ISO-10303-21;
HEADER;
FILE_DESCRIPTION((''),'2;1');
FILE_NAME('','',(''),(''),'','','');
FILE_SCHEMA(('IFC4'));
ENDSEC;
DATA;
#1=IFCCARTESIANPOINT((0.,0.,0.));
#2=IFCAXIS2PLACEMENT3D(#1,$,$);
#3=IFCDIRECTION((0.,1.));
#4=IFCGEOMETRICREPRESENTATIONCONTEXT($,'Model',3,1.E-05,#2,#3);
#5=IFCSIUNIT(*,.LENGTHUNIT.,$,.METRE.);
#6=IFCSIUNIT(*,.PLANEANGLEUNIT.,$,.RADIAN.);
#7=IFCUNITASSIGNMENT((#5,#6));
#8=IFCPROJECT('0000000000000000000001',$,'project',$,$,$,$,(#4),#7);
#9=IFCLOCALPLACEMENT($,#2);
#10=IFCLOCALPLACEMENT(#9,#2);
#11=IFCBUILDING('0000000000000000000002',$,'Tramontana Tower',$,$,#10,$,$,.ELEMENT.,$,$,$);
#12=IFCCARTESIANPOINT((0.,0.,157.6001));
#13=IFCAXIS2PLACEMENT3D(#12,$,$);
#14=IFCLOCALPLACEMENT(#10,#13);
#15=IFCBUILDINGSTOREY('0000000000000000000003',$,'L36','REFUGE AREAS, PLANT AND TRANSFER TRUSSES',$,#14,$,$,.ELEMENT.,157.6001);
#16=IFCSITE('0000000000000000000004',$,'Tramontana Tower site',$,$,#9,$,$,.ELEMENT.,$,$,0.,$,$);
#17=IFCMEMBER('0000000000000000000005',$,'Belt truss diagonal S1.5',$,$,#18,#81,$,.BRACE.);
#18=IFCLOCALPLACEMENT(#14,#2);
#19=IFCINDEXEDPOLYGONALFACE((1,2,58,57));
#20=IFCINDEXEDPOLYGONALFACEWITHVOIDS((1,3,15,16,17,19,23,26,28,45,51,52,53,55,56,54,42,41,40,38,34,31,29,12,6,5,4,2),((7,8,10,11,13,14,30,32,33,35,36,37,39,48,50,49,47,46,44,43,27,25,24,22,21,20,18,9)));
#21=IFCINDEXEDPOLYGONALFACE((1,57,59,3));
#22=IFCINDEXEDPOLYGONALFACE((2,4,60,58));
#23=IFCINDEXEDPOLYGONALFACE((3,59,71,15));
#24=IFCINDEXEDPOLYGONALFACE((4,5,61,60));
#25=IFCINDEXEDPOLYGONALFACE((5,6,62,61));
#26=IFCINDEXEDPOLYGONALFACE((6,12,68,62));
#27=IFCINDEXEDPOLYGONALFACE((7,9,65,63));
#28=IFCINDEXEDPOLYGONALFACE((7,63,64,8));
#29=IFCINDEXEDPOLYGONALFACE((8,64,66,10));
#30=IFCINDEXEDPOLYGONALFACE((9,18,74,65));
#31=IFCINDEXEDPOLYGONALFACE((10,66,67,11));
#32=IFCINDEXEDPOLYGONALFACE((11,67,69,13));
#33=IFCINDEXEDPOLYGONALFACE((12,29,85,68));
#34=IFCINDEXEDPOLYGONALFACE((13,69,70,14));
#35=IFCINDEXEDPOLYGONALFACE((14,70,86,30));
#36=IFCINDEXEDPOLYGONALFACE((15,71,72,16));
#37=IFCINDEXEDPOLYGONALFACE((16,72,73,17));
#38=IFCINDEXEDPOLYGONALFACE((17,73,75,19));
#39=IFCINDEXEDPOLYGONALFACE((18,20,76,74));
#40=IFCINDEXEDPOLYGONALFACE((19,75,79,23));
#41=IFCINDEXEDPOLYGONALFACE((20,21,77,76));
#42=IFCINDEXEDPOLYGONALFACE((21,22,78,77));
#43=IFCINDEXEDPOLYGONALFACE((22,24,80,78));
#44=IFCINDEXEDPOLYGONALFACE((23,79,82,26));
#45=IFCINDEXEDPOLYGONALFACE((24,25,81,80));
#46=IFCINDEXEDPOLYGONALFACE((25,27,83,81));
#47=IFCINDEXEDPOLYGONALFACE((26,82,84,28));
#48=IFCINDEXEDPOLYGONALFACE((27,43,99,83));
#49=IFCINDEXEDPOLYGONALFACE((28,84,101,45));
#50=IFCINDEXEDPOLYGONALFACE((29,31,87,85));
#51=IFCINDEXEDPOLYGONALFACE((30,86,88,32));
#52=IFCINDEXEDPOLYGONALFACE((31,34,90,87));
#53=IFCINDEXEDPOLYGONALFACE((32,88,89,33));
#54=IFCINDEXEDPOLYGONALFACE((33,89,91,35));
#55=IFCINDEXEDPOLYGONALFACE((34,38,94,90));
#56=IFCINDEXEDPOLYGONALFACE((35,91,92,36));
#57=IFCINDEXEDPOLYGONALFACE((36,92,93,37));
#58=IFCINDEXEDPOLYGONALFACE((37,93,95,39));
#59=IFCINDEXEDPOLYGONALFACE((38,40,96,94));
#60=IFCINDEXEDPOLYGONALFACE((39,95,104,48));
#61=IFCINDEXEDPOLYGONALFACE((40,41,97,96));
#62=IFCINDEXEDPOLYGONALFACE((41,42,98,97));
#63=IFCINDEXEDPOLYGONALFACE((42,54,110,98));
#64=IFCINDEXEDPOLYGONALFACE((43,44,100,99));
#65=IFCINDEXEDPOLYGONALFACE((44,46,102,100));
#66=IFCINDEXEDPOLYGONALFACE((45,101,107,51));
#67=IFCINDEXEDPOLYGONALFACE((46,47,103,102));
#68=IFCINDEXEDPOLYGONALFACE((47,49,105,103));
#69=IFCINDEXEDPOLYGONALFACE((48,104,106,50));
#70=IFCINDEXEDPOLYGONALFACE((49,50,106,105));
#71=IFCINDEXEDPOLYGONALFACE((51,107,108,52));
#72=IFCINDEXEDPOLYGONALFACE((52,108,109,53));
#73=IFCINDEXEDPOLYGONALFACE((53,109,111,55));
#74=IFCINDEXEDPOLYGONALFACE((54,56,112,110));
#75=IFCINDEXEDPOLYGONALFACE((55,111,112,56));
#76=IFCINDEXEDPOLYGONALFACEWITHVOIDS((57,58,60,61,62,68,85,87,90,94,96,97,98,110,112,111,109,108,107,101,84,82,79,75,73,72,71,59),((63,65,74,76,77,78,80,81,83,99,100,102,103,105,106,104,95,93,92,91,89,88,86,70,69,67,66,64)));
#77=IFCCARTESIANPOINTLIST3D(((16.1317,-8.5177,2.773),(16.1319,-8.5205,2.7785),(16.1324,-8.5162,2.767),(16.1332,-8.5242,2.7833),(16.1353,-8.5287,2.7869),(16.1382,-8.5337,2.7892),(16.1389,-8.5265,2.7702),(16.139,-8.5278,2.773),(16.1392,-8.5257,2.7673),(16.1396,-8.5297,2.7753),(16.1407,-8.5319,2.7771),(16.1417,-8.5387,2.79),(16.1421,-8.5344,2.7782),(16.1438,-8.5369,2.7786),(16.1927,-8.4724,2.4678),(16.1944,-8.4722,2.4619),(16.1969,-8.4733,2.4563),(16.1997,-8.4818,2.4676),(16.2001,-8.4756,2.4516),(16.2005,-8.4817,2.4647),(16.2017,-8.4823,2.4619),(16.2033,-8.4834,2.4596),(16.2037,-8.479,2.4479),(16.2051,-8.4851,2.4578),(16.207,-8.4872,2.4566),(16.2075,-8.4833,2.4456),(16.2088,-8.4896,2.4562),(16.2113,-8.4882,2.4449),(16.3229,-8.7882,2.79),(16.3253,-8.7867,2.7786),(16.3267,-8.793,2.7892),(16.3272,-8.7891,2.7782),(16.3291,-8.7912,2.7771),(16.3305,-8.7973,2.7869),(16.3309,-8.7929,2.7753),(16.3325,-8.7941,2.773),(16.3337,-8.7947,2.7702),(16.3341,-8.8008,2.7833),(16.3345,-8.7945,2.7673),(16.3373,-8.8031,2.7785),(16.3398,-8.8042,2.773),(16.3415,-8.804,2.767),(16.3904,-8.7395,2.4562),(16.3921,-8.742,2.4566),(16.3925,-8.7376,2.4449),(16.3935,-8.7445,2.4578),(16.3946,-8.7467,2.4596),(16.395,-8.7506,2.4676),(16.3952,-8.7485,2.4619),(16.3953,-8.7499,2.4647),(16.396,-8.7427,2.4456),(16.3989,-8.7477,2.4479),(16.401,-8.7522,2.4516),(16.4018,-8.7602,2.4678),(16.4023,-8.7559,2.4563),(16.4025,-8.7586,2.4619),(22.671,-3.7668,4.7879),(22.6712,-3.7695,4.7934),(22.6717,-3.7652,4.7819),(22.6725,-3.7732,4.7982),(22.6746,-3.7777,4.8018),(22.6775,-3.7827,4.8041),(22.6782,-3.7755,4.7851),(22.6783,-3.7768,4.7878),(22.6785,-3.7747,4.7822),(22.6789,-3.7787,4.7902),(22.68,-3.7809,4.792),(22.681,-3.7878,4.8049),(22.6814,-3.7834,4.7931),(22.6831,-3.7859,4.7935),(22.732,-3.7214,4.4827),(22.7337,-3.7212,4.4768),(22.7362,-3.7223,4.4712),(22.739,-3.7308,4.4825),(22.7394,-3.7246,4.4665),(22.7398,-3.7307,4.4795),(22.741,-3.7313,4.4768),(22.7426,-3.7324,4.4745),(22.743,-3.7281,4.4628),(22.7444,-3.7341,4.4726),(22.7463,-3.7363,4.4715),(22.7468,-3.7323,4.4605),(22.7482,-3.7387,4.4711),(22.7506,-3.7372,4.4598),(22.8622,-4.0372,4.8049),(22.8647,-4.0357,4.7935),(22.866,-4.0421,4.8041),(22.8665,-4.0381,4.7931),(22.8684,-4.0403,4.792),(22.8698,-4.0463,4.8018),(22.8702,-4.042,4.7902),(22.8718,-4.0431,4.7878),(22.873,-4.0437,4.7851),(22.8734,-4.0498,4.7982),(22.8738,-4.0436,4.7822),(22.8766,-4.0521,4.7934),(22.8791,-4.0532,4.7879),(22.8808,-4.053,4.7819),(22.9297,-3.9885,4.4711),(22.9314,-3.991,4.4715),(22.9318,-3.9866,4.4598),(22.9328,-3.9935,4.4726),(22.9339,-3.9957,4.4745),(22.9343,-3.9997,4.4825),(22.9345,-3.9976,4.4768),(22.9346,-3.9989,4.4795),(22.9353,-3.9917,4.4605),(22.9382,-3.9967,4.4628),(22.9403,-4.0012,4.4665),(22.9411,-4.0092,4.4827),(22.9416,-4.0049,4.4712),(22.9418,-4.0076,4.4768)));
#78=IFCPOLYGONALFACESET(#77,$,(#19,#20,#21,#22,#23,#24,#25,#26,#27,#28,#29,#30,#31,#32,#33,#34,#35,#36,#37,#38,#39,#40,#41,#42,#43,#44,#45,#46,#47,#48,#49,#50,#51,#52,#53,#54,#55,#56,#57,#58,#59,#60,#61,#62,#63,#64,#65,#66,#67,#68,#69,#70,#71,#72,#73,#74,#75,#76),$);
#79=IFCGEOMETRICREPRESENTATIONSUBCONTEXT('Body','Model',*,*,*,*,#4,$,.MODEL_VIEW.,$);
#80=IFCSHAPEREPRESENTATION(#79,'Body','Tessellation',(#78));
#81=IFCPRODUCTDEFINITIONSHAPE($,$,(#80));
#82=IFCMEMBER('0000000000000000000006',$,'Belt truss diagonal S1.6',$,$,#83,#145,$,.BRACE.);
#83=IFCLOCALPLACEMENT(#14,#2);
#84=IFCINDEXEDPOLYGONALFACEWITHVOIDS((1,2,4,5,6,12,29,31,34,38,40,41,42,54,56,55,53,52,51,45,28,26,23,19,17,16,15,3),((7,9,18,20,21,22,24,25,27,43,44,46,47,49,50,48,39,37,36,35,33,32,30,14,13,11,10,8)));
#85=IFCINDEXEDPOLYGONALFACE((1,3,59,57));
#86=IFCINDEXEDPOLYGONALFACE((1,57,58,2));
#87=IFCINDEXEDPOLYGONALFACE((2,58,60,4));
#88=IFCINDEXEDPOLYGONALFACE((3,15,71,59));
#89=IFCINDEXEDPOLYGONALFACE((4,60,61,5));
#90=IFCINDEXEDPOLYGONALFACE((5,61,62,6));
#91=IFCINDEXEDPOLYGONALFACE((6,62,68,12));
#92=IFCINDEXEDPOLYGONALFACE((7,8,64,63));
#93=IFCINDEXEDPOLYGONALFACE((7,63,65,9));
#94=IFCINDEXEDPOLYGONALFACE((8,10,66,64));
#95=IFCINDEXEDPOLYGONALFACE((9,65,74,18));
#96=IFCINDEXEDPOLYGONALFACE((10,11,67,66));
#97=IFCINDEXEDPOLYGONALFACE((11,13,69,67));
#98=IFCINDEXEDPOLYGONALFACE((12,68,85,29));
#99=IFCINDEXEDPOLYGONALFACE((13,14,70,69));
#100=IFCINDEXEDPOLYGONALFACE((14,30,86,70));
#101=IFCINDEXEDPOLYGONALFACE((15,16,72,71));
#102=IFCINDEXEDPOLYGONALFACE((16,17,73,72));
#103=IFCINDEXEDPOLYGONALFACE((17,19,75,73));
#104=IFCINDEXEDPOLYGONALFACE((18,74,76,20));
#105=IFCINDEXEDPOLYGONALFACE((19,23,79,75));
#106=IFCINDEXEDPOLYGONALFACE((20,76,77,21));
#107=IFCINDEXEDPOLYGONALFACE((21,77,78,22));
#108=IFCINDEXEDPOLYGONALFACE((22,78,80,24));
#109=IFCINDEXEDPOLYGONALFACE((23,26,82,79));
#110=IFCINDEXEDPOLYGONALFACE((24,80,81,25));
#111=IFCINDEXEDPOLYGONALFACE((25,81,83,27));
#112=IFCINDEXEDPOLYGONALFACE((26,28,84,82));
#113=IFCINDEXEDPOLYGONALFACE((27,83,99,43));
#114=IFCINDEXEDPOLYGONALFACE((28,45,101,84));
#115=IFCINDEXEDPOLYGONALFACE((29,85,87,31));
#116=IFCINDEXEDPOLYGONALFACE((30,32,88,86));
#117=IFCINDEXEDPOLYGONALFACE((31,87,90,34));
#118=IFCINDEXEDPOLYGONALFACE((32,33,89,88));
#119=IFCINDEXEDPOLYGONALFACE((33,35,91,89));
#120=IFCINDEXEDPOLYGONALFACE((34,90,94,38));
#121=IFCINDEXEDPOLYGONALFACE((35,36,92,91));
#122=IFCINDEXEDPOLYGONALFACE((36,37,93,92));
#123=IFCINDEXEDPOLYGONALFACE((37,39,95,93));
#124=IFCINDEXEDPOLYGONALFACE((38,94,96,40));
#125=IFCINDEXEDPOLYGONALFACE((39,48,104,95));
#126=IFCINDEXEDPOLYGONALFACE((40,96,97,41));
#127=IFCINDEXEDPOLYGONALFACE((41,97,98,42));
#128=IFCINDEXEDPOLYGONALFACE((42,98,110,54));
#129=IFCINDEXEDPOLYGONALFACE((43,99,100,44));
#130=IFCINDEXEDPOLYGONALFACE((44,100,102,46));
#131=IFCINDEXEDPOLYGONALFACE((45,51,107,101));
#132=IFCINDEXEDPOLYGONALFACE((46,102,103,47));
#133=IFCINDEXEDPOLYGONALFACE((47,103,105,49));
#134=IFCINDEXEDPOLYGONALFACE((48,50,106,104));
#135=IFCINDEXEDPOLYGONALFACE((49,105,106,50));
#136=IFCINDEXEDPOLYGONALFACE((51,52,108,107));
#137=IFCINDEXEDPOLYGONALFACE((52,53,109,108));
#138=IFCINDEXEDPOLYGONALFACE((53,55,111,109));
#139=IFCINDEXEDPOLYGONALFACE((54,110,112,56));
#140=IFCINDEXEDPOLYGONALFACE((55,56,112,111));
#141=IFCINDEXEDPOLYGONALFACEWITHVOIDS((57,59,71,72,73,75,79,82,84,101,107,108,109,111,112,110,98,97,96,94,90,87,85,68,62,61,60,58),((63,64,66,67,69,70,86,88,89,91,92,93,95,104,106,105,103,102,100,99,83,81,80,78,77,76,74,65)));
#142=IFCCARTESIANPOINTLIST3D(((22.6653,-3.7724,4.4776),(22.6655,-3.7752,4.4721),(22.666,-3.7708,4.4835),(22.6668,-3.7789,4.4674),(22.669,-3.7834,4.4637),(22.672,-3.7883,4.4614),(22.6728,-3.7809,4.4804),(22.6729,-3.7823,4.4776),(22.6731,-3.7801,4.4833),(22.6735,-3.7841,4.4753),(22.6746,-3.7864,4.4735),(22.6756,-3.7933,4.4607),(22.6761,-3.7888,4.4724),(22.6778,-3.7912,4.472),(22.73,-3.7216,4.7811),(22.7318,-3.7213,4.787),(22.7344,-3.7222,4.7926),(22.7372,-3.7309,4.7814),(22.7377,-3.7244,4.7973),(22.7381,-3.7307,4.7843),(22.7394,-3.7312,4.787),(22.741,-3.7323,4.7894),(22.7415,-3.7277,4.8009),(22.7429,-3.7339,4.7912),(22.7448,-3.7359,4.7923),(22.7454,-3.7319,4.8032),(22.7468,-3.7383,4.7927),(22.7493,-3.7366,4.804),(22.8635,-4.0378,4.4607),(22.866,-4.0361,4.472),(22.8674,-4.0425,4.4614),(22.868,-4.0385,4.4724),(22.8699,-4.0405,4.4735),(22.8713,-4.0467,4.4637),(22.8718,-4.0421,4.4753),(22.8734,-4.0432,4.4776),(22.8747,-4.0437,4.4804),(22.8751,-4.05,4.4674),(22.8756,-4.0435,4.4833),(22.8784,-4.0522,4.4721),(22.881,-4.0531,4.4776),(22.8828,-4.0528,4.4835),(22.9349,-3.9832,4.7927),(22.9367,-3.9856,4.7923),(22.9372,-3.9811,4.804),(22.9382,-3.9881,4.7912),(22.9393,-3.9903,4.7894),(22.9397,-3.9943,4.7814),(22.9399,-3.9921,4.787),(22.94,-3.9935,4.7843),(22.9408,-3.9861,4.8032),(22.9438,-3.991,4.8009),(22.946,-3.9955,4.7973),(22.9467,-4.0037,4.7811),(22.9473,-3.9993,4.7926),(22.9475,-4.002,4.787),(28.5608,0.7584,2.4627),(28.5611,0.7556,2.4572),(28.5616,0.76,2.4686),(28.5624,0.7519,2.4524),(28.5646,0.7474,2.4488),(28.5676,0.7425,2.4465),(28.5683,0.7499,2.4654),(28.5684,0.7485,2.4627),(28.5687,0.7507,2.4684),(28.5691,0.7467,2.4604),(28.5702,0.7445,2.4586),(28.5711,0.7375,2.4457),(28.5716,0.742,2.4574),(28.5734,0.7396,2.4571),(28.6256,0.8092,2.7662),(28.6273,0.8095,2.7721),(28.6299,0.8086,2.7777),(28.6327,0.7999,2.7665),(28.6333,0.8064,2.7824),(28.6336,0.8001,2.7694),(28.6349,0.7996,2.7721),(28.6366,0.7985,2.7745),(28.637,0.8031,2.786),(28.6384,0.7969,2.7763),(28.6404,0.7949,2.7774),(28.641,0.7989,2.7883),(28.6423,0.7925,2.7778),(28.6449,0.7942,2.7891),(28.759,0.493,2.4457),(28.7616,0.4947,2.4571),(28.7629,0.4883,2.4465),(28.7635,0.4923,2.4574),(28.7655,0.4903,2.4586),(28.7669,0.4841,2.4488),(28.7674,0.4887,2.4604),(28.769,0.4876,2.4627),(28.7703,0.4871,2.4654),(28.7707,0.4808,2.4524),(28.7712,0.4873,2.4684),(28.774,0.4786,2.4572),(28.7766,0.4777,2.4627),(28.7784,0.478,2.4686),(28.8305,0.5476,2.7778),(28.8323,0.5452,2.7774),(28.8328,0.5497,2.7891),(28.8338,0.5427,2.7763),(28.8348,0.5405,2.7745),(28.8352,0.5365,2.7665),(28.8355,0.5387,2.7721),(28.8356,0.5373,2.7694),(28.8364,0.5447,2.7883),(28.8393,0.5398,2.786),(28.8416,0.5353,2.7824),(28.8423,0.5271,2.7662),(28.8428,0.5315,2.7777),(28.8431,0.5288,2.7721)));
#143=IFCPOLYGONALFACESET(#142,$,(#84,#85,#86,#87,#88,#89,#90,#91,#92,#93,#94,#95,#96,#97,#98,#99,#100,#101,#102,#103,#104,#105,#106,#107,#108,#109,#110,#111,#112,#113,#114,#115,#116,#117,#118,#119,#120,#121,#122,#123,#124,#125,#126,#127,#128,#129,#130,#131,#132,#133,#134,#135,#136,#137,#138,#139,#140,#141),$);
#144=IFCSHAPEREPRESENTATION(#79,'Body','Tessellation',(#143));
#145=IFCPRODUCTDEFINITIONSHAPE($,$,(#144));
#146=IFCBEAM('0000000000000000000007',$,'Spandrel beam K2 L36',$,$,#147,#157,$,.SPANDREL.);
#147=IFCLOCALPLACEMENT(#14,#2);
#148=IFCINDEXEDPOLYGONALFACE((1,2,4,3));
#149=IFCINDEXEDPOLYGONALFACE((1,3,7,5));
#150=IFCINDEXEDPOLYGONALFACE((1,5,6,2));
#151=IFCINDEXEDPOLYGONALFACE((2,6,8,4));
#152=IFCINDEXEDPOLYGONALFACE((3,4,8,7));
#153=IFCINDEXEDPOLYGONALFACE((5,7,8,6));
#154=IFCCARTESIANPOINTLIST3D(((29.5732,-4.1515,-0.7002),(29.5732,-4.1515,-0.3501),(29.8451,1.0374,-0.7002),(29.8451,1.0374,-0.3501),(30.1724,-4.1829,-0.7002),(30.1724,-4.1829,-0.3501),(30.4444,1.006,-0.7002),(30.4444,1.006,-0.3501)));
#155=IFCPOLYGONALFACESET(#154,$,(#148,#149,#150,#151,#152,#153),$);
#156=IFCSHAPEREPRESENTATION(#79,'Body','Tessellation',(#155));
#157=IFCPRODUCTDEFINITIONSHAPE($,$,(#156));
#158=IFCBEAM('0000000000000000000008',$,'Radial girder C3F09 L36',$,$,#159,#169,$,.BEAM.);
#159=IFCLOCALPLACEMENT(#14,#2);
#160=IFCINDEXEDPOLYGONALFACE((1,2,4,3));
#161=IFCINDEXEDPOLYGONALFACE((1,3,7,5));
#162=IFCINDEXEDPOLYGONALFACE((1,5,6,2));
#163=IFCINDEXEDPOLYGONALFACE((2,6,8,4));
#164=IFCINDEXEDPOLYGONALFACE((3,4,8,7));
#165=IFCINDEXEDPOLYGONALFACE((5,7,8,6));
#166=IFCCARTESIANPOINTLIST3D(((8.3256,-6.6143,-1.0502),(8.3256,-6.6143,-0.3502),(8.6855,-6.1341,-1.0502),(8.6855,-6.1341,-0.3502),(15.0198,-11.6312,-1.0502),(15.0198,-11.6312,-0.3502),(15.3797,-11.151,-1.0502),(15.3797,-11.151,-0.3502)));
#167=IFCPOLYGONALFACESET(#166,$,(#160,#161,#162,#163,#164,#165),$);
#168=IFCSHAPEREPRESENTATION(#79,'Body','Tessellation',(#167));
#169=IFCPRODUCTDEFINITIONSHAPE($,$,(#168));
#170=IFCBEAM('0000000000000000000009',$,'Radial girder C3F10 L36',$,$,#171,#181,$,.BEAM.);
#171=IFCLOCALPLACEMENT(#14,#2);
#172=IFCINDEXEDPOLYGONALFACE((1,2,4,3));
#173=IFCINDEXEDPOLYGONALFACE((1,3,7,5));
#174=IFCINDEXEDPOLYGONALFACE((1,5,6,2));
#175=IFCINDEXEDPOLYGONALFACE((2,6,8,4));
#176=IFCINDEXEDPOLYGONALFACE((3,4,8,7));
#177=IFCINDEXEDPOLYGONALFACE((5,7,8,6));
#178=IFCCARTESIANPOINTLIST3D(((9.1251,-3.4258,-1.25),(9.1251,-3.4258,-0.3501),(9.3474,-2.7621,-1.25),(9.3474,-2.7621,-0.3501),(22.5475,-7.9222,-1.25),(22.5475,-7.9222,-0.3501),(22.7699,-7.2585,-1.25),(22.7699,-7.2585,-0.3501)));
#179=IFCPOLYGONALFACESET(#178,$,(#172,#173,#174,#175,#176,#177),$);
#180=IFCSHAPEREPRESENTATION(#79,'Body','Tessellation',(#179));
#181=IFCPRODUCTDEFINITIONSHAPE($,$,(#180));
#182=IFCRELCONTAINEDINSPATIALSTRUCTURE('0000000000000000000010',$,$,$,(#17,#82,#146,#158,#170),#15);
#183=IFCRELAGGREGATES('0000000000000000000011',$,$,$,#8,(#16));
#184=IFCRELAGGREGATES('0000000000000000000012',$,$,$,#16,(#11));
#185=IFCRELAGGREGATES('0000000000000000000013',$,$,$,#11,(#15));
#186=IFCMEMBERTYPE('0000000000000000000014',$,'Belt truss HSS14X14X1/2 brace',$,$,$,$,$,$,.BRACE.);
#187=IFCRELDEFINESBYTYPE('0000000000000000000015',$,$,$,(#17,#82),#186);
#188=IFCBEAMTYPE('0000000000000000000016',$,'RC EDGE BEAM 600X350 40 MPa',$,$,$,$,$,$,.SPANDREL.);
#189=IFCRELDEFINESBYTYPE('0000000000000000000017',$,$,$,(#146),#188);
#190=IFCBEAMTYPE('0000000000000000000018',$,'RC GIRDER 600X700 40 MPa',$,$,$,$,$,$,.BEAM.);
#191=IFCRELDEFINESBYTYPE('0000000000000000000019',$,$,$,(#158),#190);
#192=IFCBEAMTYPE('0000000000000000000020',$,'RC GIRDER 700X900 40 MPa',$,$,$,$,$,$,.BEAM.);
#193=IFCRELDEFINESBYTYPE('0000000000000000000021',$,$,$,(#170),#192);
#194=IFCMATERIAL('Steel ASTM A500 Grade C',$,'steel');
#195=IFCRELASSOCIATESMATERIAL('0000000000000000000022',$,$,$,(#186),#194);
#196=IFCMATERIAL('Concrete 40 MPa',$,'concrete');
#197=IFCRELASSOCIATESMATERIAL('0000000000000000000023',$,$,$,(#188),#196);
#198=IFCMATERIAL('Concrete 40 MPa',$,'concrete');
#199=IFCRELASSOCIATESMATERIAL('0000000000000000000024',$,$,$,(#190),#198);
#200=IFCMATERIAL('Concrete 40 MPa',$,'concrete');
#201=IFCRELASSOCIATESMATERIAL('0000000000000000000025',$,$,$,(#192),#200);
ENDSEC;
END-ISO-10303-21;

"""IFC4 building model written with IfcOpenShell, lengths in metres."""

from ifc_helpers import new_model, si_unit, direction, frame, origin, origin_2d, place, context, subcontext, project, spatial, rectangle, hollow_rectangle, extrude, material, material_profile, profile_set, type_object, element, save


model = new_model("IFC4")

# Units and contexts
model_context = context("Model", 3, precision=1e-05, world=origin(), true_north=direction((0.0, 1.0)))
body_context = subcontext(model_context, "Body", "Model", "MODEL_VIEW")
ifc_project = project(units=[si_unit("LENGTHUNIT", "METRE"), si_unit("PLANEANGLEUNIT", "RADIAN")], contexts=[model_context])

# Site, building, storey
site_placement = place(None, origin())
site = spatial("IfcSite", under=ifc_project, at=site_placement, Name="Tramontana Tower site", CompositionType="ELEMENT", RefElevation=0.0)
building_placement = place(site_placement, origin())
building = spatial("IfcBuilding", under=site, at=building_placement, Name="Tramontana Tower", CompositionType="ELEMENT")
storey_placement = place(building_placement, frame((0.0, 0.0, 157.6001)))
storey = spatial("IfcBuildingStorey", under=building, at=storey_placement, Name="L36", Description="REFUGE AREAS, PLANT AND TRANSFER TRUSSES", CompositionType="ELEMENT", Elevation=157.6001)

# Members
ifc_material_1 = material(Name="Steel ASTM A500 Grade C", Category="steel")
ifc_material_profile_1 = material_profile(ifc_material_1, hollow_rectangle(XDim=0.3557, YDim=0.3557, WallThickness=0.0117, InnerFilletRadius=0.0117, OuterFilletRadius=0.0237, at=origin_2d()), Name="HSS14X14X1/2")
ifc_profile_set_1 = profile_set([ifc_material_profile_1], Name="Steel ASTM A500 Grade C")
member_type_1 = type_object("IfcMemberType", Name="Belt truss HSS14X14X1/2 brace", PredefinedType="BRACE", material=ifc_profile_set_1)
member_1_placement = place(storey_placement, frame((16.2671, -8.6382, 2.6174), z_axis=(0.785001, 0.570324, 0.241875), x_axis=(-0.587777, 0.809023, 0.0)))
element("IfcMember", 1, at=member_1_placement, inside=storey, type_object=member_type_1, Name="Belt truss diagonal S1.5", PredefinedType="BRACE", context=body_context, shape_type="SweptSolid", body=[
    extrude(hollow_rectangle(XDim=0.3557, YDim=0.3557, WallThickness=0.0117, InnerFilletRadius=0.0117, OuterFilletRadius=0.0237, at=origin_2d()), origin(), (0.0, 0.0, 1.0), 8.3303),
])
member_2_placement = place(storey_placement, frame((22.8064, -3.8872, 4.6323), z_axis=(0.765298, 0.58814, -0.261554), x_axis=(-0.609352, 0.7929, 0.0)))
element("IfcMember", 2, at=member_2_placement, inside=storey, type_object=member_type_1, Name="Belt truss diagonal S1.6", PredefinedType="BRACE", context=body_context, shape_type="SweptSolid", body=[
    extrude(hollow_rectangle(XDim=0.3557, YDim=0.3557, WallThickness=0.0117, InnerFilletRadius=0.0117, OuterFilletRadius=0.0237, at=origin_2d()), origin(), (0.0, 0.0, 1.0), 7.7036),
])

# Beams
ifc_material_2 = material(Name="Concrete 40 MPa", Category="concrete")
ifc_material_profile_2 = material_profile(ifc_material_2, rectangle(XDim=0.6001, YDim=0.3501, at=origin_2d()), Name="RC EDGE BEAM 600X350 40 MPa")
ifc_profile_set_2 = profile_set([ifc_material_profile_2], Name="Concrete 40 MPa")
beam_type_1 = type_object("IfcBeamType", Name="RC EDGE BEAM 600X350 40 MPa", PredefinedType="SPANDREL", material=ifc_profile_set_2)
beam_1_placement = place(storey_placement, frame((29.8728, -4.1672, -0.5251), z_axis=(0.052342, 0.998629, 0.0), x_axis=(-0.998629, 0.052342, 0.0)))
element("IfcBeam", 3, at=beam_1_placement, inside=storey, type_object=beam_type_1, Name="Spandrel beam K2 L36", PredefinedType="SPANDREL", context=body_context, shape_type="SweptSolid", body=[
    extrude(rectangle(XDim=0.6001, YDim=0.3501, at=origin_2d()), origin(), (0.0, 0.0, 1.0), 5.196),
])
ifc_material_3 = material(Name="Concrete 40 MPa", Category="concrete")
ifc_material_profile_3 = material_profile(ifc_material_3, rectangle(XDim=0.6001, YDim=0.7, at=origin_2d()), Name="RC GIRDER 600X700 40 MPa")
ifc_profile_set_3 = profile_set([ifc_material_profile_3], Name="Concrete 40 MPa")
beam_type_2 = type_object("IfcBeamType", Name="RC GIRDER 600X700 40 MPa", PredefinedType="BEAM", material=ifc_profile_set_3)
beam_2_placement = place(storey_placement, frame((15.1997, -11.3911, -0.7002), z_axis=(-0.800214, 0.599715, 0.0), x_axis=(-0.599715, -0.800214, 0.0)))
element("IfcBeam", 4, at=beam_2_placement, inside=storey, type_object=beam_type_2, Name="Radial girder C3F09 L36", PredefinedType="BEAM", context=body_context, shape_type="SweptSolid", body=[
    extrude(rectangle(XDim=0.6001, YDim=0.7, at=origin_2d()), origin(), (0.0, 0.0, 1.0), 8.3655),
])
ifc_material_4 = material(Name="Concrete 40 MPa", Category="concrete")
ifc_material_profile_4 = material_profile(ifc_material_4, rectangle(XDim=0.7, YDim=0.8999, at=origin_2d()), Name="RC GIRDER 700X900 40 MPa")
ifc_profile_set_4 = profile_set([ifc_material_profile_4], Name="Concrete 40 MPa")
beam_type_3 = type_object("IfcBeamType", Name="RC GIRDER 700X900 40 MPa", PredefinedType="BEAM", material=ifc_profile_set_4)
beam_3_placement = place(storey_placement, frame((22.6587, -7.5903, -0.8), z_axis=(-0.948211, 0.31764, 0.0), x_axis=(-0.31764, -0.948211, 0.0)))
element("IfcBeam", 5, at=beam_3_placement, inside=storey, type_object=beam_type_3, Name="Radial girder C3F10 L36", PredefinedType="BEAM", context=body_context, shape_type="SweptSolid", body=[
    extrude(rectangle(XDim=0.7, YDim=0.8999, at=origin_2d()), origin(), (0.0, 0.0, 1.0), 14.1555),
])

save(model, "model.ifc")
